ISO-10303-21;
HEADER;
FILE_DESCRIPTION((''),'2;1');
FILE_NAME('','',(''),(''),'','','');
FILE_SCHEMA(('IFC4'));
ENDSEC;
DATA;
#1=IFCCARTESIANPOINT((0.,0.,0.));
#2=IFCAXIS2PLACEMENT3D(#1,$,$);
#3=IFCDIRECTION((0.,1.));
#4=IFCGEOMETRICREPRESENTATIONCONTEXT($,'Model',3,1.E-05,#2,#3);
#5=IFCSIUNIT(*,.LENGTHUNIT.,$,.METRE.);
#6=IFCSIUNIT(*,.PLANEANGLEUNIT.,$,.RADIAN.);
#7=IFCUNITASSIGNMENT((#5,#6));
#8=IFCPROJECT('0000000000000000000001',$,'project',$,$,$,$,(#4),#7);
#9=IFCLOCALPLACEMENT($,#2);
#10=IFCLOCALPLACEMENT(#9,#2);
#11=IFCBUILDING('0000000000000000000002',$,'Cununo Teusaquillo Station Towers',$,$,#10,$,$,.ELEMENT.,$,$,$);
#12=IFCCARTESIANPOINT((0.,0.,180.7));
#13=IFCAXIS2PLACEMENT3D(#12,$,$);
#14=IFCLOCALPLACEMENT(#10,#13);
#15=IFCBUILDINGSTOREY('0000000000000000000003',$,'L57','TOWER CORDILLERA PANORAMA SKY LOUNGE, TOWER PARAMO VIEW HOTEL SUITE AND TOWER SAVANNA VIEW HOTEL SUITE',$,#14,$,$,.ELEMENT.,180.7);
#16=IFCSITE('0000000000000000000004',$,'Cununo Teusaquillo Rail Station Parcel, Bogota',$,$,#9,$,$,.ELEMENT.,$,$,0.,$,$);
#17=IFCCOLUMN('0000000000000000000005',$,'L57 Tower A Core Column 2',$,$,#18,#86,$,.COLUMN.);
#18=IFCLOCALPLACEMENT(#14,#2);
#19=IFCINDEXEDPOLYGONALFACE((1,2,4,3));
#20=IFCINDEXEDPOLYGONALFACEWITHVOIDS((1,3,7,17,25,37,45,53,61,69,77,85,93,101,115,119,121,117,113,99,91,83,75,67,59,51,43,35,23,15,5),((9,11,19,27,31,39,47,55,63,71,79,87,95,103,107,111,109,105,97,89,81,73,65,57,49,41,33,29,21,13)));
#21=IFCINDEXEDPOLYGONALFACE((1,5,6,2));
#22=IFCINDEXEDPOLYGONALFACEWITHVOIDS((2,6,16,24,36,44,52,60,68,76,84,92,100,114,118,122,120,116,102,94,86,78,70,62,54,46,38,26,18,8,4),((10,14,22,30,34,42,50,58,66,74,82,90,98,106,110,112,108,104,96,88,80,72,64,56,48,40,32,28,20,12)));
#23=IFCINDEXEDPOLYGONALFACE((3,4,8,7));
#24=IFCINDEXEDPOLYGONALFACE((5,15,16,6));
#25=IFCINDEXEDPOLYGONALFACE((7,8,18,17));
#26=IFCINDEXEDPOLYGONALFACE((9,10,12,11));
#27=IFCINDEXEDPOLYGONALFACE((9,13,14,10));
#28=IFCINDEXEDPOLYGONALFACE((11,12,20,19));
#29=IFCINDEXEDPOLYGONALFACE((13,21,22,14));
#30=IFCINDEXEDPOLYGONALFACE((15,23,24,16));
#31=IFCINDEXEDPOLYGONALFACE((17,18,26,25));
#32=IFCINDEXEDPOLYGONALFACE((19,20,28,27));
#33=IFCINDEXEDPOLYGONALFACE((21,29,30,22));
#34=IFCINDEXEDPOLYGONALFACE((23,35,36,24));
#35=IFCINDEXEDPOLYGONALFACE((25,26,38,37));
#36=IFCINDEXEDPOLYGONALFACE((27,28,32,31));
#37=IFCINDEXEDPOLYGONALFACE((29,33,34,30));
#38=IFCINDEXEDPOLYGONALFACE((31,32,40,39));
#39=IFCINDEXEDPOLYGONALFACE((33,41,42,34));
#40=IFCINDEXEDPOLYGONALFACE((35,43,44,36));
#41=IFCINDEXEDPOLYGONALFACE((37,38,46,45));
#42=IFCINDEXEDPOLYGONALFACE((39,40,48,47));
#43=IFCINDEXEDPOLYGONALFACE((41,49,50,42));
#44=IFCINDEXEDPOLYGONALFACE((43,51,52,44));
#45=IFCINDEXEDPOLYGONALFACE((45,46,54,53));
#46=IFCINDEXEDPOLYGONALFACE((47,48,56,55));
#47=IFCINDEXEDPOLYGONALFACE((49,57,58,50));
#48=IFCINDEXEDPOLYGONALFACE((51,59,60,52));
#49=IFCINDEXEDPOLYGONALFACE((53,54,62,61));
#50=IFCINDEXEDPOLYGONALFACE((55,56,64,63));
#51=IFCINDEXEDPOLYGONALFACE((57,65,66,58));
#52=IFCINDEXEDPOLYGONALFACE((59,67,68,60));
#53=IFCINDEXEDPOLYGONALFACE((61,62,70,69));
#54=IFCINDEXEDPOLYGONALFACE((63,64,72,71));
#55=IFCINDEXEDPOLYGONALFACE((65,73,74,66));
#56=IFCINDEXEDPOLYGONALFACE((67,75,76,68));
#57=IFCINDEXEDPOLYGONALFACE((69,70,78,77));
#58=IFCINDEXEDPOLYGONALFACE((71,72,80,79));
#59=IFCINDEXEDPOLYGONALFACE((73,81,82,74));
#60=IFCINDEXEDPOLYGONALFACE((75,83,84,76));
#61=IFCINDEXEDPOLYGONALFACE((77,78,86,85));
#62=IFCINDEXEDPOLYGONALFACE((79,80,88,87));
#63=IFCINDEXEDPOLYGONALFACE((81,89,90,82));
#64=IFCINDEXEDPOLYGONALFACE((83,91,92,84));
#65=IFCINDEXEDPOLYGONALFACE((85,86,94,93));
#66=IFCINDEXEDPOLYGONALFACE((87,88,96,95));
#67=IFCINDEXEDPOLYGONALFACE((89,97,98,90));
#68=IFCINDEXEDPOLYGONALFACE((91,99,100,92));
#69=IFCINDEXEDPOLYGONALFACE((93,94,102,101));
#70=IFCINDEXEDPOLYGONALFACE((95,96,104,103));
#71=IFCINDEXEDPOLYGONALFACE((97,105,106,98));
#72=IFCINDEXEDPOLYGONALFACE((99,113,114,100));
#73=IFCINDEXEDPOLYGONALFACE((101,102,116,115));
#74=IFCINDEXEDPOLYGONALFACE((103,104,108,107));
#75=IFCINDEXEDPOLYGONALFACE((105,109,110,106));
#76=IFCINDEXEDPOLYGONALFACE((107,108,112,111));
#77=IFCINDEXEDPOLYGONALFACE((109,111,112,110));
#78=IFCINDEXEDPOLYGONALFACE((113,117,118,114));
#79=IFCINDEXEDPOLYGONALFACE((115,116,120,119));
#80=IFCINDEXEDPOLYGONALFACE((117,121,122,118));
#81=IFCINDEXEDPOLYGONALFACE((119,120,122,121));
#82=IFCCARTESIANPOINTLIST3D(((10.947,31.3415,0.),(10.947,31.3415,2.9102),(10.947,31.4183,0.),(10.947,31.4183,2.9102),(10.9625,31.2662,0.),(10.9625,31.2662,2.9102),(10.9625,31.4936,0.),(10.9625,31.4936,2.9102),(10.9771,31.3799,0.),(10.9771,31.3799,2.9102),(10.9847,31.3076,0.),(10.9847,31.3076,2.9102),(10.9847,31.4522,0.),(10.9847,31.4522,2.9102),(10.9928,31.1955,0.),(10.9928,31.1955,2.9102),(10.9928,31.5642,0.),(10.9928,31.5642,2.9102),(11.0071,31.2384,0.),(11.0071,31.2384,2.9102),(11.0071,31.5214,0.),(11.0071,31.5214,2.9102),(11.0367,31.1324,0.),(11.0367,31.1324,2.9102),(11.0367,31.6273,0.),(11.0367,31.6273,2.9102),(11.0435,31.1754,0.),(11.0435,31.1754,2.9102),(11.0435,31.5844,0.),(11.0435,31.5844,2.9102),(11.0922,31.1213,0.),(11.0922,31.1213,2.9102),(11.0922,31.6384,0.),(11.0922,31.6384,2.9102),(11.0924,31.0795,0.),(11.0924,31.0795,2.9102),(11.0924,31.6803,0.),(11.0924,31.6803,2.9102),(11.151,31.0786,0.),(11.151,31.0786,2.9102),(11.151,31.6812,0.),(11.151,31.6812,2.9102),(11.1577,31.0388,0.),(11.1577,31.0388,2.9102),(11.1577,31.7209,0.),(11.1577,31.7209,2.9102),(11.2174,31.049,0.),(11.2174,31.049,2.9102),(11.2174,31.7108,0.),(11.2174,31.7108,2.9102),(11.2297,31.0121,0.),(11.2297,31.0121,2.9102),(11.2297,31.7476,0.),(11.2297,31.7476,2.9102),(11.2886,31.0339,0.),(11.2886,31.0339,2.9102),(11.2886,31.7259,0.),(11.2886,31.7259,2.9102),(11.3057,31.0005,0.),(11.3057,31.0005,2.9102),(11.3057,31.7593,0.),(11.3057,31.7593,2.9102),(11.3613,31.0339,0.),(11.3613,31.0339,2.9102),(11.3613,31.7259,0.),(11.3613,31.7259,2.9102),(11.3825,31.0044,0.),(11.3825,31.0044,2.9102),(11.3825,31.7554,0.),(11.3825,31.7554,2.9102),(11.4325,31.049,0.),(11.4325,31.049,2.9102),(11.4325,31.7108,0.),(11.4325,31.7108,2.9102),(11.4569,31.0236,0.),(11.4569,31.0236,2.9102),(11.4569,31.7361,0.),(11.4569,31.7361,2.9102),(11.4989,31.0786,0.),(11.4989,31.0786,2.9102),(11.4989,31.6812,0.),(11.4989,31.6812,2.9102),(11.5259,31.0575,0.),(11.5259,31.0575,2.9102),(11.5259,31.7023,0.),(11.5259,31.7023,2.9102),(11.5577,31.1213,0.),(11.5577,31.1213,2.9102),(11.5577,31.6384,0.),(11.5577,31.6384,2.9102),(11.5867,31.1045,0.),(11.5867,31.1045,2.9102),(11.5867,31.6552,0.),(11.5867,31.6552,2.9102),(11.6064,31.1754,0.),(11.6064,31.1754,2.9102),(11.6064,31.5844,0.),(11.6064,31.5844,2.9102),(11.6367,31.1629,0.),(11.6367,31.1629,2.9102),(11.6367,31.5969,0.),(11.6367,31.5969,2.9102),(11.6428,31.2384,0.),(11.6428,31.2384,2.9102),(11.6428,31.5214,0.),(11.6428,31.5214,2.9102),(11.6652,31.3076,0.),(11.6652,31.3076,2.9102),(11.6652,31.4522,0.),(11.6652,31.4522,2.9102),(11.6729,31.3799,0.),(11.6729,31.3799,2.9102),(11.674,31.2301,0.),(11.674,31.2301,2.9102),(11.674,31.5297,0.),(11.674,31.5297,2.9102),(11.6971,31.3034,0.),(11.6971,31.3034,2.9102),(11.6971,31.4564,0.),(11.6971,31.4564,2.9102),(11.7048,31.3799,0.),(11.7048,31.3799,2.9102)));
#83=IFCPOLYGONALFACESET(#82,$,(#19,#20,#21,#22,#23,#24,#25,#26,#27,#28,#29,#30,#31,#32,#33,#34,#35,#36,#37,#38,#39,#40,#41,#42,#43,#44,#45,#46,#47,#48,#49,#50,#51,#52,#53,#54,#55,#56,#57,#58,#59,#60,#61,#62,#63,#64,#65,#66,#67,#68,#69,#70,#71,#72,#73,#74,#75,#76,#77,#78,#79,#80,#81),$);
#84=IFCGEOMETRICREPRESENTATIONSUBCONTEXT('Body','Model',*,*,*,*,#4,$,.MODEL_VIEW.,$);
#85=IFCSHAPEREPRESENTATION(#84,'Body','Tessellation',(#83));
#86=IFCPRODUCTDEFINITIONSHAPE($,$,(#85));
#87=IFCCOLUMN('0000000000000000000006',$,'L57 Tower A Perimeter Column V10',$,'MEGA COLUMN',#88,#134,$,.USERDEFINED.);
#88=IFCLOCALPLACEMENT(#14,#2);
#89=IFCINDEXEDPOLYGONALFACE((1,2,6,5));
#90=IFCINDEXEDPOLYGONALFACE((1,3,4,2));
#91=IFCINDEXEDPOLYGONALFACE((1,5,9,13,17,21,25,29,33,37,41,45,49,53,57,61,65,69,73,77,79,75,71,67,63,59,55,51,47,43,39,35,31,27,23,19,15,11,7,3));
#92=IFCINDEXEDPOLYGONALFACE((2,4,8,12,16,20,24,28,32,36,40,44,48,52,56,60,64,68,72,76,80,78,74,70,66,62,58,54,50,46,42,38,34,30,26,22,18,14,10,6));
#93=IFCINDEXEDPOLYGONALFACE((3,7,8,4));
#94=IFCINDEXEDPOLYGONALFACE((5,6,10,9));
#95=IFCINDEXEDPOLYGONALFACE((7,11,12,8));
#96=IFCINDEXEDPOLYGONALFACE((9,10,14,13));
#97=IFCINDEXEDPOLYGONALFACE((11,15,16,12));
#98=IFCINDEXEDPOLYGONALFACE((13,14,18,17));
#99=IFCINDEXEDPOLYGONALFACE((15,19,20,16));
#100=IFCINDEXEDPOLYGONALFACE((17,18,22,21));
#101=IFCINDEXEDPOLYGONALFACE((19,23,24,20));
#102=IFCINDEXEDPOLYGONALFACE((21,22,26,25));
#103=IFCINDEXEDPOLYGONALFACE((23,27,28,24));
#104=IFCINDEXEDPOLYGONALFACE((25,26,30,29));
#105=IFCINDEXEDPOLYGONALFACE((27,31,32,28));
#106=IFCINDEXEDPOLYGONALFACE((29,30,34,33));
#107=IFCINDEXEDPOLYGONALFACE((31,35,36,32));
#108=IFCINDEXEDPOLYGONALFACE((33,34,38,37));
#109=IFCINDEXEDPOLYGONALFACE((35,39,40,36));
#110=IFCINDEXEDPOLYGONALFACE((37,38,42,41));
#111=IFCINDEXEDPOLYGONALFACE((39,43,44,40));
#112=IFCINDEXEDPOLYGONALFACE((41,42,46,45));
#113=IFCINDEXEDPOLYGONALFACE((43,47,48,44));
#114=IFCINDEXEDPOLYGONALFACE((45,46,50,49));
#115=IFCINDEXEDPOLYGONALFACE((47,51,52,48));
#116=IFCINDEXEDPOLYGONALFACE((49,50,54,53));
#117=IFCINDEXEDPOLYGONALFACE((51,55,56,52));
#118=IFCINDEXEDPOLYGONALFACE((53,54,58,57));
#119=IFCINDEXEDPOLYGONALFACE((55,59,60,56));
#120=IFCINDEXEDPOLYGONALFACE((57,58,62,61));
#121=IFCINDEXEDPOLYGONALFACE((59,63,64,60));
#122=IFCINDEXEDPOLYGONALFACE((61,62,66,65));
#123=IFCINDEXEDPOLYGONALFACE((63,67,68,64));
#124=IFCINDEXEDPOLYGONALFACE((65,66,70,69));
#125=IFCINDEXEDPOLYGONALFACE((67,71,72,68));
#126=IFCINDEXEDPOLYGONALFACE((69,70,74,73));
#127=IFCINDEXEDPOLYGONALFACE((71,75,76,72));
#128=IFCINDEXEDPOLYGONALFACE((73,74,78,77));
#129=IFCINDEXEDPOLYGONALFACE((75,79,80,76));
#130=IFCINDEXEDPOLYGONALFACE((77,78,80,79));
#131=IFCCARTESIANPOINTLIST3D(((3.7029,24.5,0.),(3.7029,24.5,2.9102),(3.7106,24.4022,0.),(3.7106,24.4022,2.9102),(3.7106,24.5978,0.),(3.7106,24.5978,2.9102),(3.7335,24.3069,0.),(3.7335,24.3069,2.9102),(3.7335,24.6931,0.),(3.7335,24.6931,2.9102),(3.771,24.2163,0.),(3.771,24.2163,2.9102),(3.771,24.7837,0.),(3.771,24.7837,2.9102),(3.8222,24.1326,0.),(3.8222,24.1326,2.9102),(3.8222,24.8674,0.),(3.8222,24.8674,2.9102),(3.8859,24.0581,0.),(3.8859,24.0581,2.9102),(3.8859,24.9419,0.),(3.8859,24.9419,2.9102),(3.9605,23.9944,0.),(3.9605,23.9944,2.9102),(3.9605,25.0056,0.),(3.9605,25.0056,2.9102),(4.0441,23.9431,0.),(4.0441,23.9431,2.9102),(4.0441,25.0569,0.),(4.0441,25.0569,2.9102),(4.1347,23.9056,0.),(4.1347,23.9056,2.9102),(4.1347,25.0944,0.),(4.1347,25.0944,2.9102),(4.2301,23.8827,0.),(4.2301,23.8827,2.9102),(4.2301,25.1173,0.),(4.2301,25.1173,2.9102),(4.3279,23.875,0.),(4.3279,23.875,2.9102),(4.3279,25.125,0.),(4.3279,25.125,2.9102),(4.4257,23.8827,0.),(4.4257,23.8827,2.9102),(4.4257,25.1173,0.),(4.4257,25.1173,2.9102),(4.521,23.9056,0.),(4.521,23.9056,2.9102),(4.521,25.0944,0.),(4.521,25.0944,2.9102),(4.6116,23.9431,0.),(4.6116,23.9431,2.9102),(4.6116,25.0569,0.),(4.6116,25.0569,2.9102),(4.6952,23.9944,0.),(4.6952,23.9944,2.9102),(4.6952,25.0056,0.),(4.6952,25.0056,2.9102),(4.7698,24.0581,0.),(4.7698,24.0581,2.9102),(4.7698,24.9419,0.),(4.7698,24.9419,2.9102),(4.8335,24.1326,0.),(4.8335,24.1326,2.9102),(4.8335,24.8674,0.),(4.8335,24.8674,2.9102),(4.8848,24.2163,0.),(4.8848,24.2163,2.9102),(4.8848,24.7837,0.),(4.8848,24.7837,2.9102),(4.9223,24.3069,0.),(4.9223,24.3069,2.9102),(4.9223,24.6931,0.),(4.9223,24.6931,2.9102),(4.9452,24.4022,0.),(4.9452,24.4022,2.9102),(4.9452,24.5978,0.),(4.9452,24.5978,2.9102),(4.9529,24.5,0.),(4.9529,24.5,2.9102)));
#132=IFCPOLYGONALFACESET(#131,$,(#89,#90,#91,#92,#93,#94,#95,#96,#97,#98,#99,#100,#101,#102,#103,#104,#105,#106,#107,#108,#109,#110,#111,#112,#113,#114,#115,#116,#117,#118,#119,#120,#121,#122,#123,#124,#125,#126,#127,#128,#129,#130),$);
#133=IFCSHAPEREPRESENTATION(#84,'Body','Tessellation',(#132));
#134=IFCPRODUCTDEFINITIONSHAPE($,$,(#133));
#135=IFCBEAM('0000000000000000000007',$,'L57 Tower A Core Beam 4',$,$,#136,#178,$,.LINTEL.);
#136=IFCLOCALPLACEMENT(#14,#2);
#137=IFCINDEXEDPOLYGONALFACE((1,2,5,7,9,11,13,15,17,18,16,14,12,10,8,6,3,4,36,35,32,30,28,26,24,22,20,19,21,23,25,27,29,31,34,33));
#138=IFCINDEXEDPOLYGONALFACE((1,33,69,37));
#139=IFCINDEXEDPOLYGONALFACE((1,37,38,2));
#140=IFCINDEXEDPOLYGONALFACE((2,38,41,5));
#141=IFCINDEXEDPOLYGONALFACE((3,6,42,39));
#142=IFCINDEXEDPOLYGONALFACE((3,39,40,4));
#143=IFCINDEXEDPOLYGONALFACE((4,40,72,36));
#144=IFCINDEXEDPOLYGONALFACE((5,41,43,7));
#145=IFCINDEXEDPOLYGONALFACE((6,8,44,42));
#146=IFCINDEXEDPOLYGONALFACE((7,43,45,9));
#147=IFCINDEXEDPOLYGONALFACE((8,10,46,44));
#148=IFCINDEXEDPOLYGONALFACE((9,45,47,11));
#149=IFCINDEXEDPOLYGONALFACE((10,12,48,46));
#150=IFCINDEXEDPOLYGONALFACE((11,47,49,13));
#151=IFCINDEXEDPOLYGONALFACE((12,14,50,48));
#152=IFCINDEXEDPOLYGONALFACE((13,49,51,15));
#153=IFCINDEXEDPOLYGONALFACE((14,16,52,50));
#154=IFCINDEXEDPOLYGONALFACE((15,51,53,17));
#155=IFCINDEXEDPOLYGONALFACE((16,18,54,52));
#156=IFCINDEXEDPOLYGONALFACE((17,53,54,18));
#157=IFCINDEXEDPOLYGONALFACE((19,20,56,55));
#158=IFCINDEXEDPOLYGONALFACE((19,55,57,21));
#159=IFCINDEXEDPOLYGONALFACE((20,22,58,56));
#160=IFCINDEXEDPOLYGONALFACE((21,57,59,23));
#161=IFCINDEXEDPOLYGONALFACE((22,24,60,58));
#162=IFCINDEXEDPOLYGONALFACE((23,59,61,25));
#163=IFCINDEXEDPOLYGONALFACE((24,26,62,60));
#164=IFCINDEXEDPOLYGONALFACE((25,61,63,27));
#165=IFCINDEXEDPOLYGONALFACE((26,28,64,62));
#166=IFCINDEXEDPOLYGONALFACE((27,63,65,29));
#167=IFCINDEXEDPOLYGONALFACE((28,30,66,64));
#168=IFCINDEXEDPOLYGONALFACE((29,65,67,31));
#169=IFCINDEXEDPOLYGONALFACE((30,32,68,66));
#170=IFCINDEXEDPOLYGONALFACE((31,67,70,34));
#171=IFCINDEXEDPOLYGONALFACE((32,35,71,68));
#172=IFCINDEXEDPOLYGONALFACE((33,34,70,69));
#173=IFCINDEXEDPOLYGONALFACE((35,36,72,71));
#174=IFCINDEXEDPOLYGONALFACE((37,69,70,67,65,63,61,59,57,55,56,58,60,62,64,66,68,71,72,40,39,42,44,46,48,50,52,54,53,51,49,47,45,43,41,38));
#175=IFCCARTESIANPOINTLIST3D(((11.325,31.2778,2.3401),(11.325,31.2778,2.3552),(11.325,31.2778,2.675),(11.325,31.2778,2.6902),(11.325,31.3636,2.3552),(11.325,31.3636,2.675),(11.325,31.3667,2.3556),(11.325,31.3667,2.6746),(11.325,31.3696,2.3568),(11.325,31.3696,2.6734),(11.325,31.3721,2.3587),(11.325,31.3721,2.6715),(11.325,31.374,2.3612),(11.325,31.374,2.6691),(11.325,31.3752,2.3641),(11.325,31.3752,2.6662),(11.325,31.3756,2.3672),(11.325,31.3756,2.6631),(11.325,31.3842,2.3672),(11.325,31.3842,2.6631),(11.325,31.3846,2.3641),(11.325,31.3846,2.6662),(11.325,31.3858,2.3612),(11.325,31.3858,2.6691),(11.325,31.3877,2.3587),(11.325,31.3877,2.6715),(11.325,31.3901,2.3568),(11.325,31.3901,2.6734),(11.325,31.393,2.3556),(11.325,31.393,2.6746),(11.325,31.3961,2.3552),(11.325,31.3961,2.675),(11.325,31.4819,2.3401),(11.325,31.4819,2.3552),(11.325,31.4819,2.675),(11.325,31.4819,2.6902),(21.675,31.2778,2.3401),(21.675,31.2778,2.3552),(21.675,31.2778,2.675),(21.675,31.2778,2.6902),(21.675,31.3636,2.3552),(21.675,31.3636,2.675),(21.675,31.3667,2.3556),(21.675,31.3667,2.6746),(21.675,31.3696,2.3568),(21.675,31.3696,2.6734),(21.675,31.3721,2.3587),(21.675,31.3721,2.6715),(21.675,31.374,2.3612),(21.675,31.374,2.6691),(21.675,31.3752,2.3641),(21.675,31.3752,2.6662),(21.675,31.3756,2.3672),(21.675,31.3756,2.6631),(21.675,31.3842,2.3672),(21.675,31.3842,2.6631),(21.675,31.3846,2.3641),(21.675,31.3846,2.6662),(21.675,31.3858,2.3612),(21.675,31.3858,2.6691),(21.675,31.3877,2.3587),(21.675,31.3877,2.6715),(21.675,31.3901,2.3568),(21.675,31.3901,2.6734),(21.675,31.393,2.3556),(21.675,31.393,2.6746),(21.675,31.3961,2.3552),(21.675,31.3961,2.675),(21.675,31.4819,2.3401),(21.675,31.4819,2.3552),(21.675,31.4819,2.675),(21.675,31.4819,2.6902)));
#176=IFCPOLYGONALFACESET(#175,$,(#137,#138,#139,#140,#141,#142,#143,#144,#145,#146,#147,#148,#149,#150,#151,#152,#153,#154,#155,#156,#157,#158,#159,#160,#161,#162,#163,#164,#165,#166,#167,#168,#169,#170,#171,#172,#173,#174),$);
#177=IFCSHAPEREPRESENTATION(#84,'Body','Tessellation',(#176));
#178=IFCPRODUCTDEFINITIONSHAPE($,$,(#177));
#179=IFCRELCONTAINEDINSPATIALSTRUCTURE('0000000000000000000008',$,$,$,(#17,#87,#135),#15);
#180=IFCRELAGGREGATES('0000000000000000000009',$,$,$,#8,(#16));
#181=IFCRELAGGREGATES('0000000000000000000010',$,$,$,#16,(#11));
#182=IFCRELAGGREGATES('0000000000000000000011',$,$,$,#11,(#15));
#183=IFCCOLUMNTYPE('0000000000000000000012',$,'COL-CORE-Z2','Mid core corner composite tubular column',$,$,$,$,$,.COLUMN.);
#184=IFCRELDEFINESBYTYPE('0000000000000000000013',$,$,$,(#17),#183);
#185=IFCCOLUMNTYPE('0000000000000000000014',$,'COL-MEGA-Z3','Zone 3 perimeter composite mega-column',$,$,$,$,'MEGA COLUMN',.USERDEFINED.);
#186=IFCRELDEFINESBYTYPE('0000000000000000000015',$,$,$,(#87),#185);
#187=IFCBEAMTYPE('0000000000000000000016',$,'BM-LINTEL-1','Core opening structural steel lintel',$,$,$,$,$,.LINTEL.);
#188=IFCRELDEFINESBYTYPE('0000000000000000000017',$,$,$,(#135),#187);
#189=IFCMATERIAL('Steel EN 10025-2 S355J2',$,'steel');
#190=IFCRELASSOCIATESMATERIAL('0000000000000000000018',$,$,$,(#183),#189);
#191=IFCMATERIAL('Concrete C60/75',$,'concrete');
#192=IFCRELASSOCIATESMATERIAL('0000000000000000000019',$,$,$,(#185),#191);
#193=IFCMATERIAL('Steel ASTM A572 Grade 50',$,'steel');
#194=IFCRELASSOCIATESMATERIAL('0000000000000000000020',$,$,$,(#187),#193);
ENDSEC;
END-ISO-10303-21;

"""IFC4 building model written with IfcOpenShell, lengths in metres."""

from ifc_helpers import new_model, si_unit, direction, frame, origin, origin_2d, place, context, subcontext, project, spatial, circle, hollow_circle, i_section, extrude, material, material_profile, profile_set, type_object, element, save


model = new_model("IFC4")

# Units and contexts
model_context = context("Model", 3, precision=1e-05, world=origin(), true_north=direction((0.0, 1.0)))
body_context = subcontext(model_context, "Body", "Model", "MODEL_VIEW")
ifc_project = project(units=[si_unit("LENGTHUNIT", "METRE"), si_unit("PLANEANGLEUNIT", "RADIAN")], contexts=[model_context])

# Site, building, storey
site_placement = place(None, origin())
site = spatial("IfcSite", under=ifc_project, at=site_placement, Name="Cununo Teusaquillo Rail Station Parcel, Bogota", CompositionType="ELEMENT", RefElevation=0.0)
building_placement = place(site_placement, origin())
building = spatial("IfcBuilding", under=site, at=building_placement, Name="Cununo Teusaquillo Station Towers", CompositionType="ELEMENT")
storey_placement = place(building_placement, frame((0.0, 0.0, 180.7)))
storey = spatial("IfcBuildingStorey", under=building, at=storey_placement, Name="L57", Description="TOWER CORDILLERA PANORAMA SKY LOUNGE, TOWER PARAMO VIEW HOTEL SUITE AND TOWER SAVANNA VIEW HOTEL SUITE", CompositionType="ELEMENT", Elevation=180.7)

# Columns
ifc_material_1 = material(Name="Steel EN 10025-2 S355J2", Category="steel")
ifc_material_profile_1 = material_profile(ifc_material_1, hollow_circle(Radius=0.3799, WallThickness=0.032, at=origin_2d()), Name="CHS 760x32")
ifc_profile_set_1 = profile_set([ifc_material_profile_1], Name="Steel EN 10025-2 S355J2")
column_type_1 = type_object("IfcColumnType", Name="COL-CORE-Z2", Description="Mid core corner composite tubular column", PredefinedType="COLUMN", material=ifc_profile_set_1)
column_1_placement = place(storey_placement, frame((11.325, 31.3799, 0.0), z_axis=(0.0, 0.0, 1.0), x_axis=(1.0, 0.0, 0.0)))
element("IfcColumn", 1, at=column_1_placement, inside=storey, type_object=column_type_1, Name="L57 Tower A Core Column 2", PredefinedType="COLUMN", context=body_context, shape_type="SweptSolid", body=[
    extrude(hollow_circle(Radius=0.3799, WallThickness=0.032, at=origin_2d()), origin(), (0.0, 0.0, 1.0), 2.9102),
])
ifc_material_2 = material(Name="Concrete C60/75", Category="concrete")
ifc_material_profile_2 = material_profile(ifc_material_2, circle(Radius=0.625, at=origin_2d()), Name="RC-CIRC-1250")
ifc_profile_set_2 = profile_set([ifc_material_profile_2], Name="Concrete C60/75")
column_type_2 = type_object("IfcColumnType", Name="COL-MEGA-Z3", Description="Zone 3 perimeter composite mega-column", ElementType="MEGA COLUMN", PredefinedType="USERDEFINED", material=ifc_profile_set_2)
column_2_placement = place(storey_placement, frame((4.3279, 24.5, 0.0), z_axis=(0.0, 0.0, 1.0), x_axis=(1.0, 0.0, 0.0)))
element("IfcColumn", 2, at=column_2_placement, inside=storey, type_object=column_type_2, Name="L57 Tower A Perimeter Column V10", ObjectType="MEGA COLUMN", PredefinedType="USERDEFINED", context=body_context, shape_type="SweptSolid", body=[
    extrude(circle(Radius=0.625, at=origin_2d()), origin(), (0.0, 0.0, 1.0), 2.9102),
])

# Beam
ifc_material_3 = material(Name="Steel ASTM A572 Grade 50", Category="steel")
ifc_material_profile_3 = material_profile(ifc_material_3, i_section(OverallWidth=0.2041, OverallDepth=0.3501, WebThickness=0.0085, FlangeThickness=0.0151, FilletRadius=0.012, at=origin_2d()), Name="W14X48")
ifc_profile_set_3 = profile_set([ifc_material_profile_3], Name="Steel ASTM A572 Grade 50")
beam_type_1 = type_object("IfcBeamType", Name="BM-LINTEL-1", Description="Core opening structural steel lintel", PredefinedType="LINTEL", material=ifc_profile_set_3)
beam_1_placement = place(storey_placement, frame((11.325, 31.3799, 2.5151), z_axis=(1.0, 0.0, 0.0), x_axis=(0.0, 1.0, 0.0)))
element("IfcBeam", 3, at=beam_1_placement, inside=storey, type_object=beam_type_1, Name="L57 Tower A Core Beam 4", PredefinedType="LINTEL", context=body_context, shape_type="SweptSolid", body=[
    extrude(i_section(OverallWidth=0.2041, OverallDepth=0.3501, WebThickness=0.0085, FlangeThickness=0.0151, FilletRadius=0.012, at=origin_2d()), origin(), (0.0, 0.0, 1.0), 10.3501),
])

save(model, "model.ifc")
